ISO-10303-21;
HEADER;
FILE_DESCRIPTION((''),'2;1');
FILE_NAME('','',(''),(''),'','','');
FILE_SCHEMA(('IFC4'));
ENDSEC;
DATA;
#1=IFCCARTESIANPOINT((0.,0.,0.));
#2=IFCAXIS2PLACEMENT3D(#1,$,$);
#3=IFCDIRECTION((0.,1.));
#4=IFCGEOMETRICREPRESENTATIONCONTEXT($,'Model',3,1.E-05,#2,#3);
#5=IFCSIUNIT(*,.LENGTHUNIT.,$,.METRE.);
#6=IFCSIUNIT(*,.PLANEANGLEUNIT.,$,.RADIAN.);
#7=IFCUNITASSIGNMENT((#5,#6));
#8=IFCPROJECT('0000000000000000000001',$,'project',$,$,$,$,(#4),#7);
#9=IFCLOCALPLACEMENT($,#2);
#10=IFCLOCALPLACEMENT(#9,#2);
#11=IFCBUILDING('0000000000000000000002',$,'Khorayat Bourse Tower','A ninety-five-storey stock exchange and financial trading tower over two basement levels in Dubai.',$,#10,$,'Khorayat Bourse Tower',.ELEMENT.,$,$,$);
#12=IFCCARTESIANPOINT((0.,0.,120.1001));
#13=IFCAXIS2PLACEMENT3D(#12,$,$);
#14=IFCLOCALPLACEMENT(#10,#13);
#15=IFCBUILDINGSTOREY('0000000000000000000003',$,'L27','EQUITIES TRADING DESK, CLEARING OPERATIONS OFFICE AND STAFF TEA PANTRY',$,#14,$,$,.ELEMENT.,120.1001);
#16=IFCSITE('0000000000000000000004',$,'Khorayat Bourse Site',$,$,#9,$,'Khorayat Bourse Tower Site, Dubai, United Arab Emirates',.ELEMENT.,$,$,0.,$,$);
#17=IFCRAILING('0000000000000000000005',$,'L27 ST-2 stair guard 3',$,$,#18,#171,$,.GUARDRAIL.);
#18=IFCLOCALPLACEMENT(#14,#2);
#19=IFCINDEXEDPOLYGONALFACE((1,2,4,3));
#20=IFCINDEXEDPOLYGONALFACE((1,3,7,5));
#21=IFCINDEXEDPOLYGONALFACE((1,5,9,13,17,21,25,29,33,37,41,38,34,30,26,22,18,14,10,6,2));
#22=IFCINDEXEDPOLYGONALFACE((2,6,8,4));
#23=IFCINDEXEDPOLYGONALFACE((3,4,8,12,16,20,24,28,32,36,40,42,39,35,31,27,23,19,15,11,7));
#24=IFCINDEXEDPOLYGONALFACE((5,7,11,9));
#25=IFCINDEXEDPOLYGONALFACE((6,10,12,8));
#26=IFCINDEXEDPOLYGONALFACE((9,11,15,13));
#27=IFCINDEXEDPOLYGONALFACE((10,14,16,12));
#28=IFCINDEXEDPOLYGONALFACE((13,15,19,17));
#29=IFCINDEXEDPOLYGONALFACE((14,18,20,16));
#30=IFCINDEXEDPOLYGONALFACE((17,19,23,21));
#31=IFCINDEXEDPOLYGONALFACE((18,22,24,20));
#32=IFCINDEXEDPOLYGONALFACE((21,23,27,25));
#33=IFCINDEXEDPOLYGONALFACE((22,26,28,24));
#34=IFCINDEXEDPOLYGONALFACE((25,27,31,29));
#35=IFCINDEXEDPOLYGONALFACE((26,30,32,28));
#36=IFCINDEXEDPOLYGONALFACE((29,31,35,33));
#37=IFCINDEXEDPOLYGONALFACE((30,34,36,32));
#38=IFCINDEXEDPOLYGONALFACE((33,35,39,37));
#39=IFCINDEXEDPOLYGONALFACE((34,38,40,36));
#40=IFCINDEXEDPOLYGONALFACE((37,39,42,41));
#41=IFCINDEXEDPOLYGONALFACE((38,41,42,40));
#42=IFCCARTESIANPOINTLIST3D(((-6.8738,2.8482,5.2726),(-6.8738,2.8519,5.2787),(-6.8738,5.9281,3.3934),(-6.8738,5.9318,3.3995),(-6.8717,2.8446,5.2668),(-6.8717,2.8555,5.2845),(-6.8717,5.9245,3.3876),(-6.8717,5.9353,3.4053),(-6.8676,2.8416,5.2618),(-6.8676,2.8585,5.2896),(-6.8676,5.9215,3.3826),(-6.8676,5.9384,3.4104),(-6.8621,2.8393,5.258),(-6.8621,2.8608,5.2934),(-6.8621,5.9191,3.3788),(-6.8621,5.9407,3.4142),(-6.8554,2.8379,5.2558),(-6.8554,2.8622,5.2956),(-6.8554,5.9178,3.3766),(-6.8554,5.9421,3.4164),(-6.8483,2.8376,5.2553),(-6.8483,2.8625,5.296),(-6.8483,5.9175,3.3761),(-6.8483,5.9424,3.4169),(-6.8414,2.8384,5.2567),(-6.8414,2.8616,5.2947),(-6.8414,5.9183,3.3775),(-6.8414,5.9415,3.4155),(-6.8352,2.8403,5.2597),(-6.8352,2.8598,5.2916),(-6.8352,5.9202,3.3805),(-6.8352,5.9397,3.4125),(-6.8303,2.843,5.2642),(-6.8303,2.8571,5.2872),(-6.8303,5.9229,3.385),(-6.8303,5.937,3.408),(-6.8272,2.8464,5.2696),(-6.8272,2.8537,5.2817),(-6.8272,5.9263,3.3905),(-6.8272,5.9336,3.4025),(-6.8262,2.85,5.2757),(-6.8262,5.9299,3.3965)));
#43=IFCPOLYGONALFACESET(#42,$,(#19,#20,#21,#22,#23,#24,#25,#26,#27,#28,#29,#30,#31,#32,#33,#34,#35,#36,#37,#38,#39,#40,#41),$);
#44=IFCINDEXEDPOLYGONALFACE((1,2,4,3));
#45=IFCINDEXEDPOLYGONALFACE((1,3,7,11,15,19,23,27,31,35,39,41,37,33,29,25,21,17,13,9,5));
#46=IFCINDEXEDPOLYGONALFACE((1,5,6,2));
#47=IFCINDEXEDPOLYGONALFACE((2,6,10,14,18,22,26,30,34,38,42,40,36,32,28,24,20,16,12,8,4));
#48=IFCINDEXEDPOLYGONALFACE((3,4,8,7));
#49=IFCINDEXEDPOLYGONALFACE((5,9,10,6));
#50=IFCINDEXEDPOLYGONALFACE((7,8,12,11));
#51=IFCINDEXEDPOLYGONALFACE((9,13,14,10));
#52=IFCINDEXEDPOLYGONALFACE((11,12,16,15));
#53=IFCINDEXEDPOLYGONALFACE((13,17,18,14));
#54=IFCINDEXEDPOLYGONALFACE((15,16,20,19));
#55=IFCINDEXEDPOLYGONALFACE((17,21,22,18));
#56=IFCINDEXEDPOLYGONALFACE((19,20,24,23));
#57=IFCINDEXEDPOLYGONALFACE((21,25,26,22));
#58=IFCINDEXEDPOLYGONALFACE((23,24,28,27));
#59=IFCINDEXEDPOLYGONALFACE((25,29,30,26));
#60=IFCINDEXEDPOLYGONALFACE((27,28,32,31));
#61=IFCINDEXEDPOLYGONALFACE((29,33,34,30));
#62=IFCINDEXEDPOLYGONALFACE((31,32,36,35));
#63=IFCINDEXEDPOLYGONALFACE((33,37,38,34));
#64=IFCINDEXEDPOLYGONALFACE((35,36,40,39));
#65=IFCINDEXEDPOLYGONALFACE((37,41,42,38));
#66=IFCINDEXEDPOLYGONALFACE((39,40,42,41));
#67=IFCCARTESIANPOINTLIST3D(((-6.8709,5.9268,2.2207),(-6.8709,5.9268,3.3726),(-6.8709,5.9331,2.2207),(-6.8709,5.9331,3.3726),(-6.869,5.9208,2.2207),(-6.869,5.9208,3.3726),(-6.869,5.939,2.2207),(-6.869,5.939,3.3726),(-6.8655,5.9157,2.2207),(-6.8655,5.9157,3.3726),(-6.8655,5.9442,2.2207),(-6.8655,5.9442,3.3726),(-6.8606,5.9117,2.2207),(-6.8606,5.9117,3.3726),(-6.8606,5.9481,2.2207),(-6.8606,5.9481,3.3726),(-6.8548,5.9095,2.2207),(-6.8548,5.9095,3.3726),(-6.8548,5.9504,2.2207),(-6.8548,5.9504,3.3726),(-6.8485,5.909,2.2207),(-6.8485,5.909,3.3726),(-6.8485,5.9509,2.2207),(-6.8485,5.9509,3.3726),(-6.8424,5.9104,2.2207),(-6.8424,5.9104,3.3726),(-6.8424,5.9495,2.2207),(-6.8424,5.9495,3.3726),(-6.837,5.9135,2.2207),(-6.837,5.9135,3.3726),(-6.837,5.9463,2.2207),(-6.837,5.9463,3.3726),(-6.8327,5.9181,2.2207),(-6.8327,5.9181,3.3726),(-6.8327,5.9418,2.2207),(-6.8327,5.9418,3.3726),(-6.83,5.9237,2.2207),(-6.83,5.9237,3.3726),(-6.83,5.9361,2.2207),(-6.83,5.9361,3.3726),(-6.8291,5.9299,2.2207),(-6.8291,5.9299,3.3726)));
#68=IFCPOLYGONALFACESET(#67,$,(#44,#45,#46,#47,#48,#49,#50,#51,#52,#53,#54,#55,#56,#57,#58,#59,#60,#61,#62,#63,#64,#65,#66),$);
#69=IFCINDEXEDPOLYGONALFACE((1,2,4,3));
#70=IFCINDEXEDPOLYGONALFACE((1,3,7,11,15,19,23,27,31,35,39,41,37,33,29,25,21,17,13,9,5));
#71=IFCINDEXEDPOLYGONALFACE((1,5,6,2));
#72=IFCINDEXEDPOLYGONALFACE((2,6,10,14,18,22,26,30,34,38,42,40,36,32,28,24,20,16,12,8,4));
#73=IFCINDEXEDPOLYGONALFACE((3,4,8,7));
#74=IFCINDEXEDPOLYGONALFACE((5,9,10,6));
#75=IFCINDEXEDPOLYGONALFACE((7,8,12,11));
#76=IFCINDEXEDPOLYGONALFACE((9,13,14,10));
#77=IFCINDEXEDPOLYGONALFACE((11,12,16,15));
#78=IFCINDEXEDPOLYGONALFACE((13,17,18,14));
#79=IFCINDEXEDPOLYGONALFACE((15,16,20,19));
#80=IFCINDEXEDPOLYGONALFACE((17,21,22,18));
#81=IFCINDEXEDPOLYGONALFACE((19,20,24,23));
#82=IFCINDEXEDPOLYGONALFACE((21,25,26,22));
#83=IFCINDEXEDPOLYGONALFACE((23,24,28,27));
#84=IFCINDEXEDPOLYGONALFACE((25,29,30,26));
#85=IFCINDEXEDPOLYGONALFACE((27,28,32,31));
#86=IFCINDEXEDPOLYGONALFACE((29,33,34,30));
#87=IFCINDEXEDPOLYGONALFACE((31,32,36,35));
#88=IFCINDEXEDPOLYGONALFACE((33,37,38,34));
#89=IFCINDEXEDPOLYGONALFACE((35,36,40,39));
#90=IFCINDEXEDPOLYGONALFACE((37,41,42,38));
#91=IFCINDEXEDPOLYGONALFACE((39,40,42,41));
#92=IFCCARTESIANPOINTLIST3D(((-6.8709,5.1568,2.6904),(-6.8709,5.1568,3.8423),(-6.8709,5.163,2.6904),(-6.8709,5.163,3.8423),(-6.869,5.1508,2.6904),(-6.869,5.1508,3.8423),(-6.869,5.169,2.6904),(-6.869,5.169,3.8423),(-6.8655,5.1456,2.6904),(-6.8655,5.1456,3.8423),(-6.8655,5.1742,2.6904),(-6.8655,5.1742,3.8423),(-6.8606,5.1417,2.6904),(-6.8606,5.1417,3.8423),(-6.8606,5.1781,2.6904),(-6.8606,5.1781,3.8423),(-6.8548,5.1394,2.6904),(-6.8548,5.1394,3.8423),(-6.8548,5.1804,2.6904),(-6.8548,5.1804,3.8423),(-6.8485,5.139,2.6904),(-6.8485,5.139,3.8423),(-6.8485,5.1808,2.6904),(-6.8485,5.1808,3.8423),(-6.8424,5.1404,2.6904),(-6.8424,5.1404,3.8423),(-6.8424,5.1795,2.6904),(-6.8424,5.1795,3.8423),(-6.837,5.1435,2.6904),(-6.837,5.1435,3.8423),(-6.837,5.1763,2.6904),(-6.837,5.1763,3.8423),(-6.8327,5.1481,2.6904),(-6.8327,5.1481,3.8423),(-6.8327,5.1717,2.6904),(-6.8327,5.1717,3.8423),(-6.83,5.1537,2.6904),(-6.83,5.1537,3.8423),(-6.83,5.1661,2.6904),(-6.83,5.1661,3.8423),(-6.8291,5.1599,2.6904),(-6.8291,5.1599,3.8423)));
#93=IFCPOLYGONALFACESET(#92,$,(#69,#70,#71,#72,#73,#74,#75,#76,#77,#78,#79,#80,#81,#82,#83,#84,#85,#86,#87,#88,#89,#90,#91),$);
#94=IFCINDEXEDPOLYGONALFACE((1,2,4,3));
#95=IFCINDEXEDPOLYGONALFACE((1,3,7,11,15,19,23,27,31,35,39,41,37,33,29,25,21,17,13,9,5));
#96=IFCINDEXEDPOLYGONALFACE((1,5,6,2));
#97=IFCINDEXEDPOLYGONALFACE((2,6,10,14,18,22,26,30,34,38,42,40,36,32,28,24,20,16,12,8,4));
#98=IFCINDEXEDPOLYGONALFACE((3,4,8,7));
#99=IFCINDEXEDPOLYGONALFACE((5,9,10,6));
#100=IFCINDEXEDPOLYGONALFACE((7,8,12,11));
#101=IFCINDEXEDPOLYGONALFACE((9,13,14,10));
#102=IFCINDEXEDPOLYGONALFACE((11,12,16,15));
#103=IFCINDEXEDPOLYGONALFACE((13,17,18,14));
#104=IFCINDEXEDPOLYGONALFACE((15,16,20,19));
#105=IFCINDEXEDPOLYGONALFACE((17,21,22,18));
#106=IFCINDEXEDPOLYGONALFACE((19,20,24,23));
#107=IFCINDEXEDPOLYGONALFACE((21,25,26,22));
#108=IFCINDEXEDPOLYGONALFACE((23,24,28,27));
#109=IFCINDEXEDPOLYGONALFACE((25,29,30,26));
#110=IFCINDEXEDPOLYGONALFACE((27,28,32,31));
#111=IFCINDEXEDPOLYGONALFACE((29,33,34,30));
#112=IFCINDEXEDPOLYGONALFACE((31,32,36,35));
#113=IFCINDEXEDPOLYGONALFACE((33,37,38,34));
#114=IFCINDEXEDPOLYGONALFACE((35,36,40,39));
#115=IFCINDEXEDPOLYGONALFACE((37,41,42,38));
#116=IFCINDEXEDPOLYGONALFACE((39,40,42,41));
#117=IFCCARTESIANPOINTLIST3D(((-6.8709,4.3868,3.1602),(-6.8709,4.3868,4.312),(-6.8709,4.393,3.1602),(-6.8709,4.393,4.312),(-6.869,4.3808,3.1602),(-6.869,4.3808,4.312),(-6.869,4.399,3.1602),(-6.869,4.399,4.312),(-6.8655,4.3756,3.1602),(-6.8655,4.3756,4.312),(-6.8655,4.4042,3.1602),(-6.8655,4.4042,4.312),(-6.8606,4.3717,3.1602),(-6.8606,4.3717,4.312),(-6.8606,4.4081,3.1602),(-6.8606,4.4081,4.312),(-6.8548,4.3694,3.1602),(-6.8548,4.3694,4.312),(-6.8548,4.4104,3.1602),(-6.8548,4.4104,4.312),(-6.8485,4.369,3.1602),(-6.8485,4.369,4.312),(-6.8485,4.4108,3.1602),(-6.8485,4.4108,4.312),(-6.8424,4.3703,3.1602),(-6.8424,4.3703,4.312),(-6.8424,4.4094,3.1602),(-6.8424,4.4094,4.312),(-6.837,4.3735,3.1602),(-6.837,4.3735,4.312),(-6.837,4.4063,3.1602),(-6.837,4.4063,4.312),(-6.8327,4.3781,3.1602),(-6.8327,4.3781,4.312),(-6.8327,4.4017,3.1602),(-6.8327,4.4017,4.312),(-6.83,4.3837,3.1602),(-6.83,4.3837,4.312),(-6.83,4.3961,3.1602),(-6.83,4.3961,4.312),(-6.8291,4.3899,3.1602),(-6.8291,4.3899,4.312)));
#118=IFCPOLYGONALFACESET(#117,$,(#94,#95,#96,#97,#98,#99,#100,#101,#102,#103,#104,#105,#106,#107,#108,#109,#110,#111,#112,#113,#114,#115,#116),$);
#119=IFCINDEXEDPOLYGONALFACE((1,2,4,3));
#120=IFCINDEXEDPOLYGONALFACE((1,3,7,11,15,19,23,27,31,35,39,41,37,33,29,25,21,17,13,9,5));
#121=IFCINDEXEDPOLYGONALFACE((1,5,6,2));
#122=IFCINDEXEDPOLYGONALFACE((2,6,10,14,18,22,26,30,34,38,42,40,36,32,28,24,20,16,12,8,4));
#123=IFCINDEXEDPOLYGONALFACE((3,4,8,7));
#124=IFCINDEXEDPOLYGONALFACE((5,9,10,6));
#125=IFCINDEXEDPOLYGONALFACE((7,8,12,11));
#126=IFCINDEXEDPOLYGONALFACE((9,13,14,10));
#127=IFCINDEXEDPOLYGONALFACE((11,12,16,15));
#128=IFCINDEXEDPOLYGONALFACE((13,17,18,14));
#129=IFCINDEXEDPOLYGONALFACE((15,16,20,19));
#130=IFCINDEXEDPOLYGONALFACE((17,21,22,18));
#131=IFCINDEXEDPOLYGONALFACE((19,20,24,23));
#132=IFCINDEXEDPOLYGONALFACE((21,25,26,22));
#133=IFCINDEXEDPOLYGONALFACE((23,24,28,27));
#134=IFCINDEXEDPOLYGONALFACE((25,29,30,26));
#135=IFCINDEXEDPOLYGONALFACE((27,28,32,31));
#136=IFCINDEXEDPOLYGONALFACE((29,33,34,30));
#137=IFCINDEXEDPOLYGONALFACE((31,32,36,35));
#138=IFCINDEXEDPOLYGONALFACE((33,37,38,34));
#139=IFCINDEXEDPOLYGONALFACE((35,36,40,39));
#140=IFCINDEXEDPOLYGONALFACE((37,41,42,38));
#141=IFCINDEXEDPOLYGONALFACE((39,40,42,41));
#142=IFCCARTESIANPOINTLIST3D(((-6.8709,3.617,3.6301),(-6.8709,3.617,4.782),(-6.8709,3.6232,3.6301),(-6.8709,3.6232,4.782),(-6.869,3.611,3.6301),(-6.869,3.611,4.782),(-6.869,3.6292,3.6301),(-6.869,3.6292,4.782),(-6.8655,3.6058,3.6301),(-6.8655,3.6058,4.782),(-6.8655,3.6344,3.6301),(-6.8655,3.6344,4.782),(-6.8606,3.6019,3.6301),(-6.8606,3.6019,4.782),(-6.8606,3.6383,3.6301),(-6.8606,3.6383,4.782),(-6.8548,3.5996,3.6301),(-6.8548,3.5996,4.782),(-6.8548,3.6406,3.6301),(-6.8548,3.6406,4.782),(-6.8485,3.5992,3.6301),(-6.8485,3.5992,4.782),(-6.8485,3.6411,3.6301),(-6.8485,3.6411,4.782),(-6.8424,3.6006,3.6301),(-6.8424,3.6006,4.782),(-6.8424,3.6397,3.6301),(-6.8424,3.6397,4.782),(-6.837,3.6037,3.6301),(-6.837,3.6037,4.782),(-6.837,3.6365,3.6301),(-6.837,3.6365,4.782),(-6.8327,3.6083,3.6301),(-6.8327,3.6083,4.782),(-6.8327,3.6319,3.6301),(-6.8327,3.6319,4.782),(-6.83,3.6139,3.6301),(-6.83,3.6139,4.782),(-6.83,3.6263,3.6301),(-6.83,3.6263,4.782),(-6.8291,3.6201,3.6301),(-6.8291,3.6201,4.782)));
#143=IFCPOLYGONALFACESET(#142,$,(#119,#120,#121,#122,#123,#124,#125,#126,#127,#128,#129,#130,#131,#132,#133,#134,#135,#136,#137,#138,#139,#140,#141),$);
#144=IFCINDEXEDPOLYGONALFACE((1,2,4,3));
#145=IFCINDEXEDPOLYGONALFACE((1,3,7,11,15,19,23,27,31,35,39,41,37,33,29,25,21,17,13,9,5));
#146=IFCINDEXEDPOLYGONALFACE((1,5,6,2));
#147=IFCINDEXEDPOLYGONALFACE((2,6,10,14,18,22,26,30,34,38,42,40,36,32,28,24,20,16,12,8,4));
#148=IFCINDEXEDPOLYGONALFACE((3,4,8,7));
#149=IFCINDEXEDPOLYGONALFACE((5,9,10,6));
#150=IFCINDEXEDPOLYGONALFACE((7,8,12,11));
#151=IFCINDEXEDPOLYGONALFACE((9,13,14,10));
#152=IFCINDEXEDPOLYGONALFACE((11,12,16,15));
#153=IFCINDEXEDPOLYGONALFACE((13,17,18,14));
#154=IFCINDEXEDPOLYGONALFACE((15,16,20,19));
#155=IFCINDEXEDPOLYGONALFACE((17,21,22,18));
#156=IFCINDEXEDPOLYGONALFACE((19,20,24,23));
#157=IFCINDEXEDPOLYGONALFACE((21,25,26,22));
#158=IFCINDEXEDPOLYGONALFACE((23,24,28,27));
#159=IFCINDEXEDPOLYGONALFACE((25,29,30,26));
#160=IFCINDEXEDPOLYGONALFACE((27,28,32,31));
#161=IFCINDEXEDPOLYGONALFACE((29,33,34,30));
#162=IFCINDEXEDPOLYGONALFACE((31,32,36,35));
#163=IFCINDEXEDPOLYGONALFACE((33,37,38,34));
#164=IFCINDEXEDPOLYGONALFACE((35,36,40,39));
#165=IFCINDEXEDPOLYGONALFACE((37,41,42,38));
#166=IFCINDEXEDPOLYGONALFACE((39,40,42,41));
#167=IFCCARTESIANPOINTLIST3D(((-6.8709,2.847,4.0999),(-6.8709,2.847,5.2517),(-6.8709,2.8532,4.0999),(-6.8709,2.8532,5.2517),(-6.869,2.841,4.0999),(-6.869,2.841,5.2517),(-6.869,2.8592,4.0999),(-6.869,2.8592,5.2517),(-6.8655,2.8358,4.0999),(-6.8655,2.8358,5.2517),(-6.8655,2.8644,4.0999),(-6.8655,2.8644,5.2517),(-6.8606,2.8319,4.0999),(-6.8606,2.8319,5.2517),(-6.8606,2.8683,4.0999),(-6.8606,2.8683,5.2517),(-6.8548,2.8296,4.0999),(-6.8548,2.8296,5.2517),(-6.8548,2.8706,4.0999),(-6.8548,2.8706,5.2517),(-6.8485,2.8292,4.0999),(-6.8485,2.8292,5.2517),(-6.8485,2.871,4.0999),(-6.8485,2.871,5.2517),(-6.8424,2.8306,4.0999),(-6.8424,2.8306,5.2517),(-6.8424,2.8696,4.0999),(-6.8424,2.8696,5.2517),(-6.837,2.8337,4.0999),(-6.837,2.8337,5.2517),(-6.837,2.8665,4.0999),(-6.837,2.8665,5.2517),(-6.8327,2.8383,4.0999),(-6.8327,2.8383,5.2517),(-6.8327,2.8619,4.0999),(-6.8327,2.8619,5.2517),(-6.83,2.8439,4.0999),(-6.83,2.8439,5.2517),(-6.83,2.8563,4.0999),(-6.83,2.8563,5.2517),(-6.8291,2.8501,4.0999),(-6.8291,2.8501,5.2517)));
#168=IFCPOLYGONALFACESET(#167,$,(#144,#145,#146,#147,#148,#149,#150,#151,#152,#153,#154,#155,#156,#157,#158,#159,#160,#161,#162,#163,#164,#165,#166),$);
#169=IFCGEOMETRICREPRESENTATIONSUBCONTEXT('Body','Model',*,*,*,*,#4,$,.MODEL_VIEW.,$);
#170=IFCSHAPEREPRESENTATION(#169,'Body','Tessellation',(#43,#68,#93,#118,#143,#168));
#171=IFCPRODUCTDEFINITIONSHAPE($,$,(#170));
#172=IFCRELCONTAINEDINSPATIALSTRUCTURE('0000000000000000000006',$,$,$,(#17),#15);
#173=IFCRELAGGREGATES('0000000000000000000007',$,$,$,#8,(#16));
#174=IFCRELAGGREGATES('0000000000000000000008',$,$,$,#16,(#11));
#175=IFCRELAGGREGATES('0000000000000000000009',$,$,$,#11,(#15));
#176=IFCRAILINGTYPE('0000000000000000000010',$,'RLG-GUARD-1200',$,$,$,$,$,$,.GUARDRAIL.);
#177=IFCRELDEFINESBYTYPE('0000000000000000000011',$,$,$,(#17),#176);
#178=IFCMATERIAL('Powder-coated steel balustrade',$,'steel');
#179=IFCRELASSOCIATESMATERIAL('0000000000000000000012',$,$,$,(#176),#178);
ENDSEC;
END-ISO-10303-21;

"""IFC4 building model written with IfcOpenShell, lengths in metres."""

from ifc_helpers import new_model, si_unit, direction, frame, origin, origin_2d, place, context, subcontext, project, spatial, circle, extrude, source, transform, mapped, material, type_object, element, save


model = new_model("IFC4")

# Units and contexts
model_context = context("Model", 3, precision=1e-05, world=origin(), true_north=direction((0.0, 1.0)))
body_context = subcontext(model_context, "Body", "Model", "MODEL_VIEW")
ifc_project = project(units=[si_unit("LENGTHUNIT", "METRE"), si_unit("PLANEANGLEUNIT", "RADIAN")], contexts=[model_context])

# Site, building, storey
site_placement = place(None, origin())
site = spatial("IfcSite", under=ifc_project, at=site_placement, Name="Khorayat Bourse Site", LongName="Khorayat Bourse Tower Site, Dubai, United Arab Emirates", CompositionType="ELEMENT", RefElevation=0.0)
building_placement = place(site_placement, origin())
building = spatial("IfcBuilding", under=site, at=building_placement, Name="Khorayat Bourse Tower", Description="A ninety-five-storey stock exchange and financial trading tower over two basement levels in Dubai.", LongName="Khorayat Bourse Tower", CompositionType="ELEMENT")
storey_placement = place(building_placement, frame((0.0, 0.0, 120.1001)))
storey = spatial("IfcBuildingStorey", under=building, at=storey_placement, Name="L27", Description="EQUITIES TRADING DESK, CLEARING OPERATIONS OFFICE AND STAFF TEA PANTRY", CompositionType="ELEMENT", Elevation=120.1001)

# Railing
ifc_material_1 = material(Name="Powder-coated steel balustrade", Category="steel")
railing_type_1 = type_object("IfcRailingType", Name="RLG-GUARD-1200", PredefinedType="GUARDRAIL", material=ifc_material_1)
shared_shape_1 = source(origin(), body_context, "Body", "SweptSolid", [
    extrude(circle(Radius=0.0239, at=origin_2d()), frame((0.0, 0.0, 1.1758), z_axis=(0.0, -0.853648, 0.52085), x_axis=(1.0, 0.0, 0.0)), (0.0, 0.0, 1.0), 3.6079),
    extrude(circle(Radius=0.021, at=origin_2d()), origin(), (0.0, 0.0, 1.0), 1.1519),
    extrude(circle(Radius=0.021, at=origin_2d()), frame((0.0, -0.77, 0.4697)), (0.0, 0.0, 1.0), 1.1519),
    extrude(circle(Radius=0.021, at=origin_2d()), frame((0.0, -1.54, 0.9395)), (0.0, 0.0, 1.0), 1.1519),
    extrude(circle(Radius=0.021, at=origin_2d()), frame((0.0, -2.3098, 1.4094)), (0.0, 0.0, 1.0), 1.1519),
    extrude(circle(Radius=0.021, at=origin_2d()), frame((0.0, -3.0798, 1.8792)), (0.0, 0.0, 1.0), 1.1519),
])
railing_1_placement = place(storey_placement, frame((-6.8501, 5.9299, 2.2207)))
element("IfcRailing", 1, at=railing_1_placement, inside=storey, type_object=railing_type_1, Name="L27 ST-2 stair guard 3", PredefinedType="GUARDRAIL", context=body_context, shape_type="MappedRepresentation", body=[
    mapped(shared_shape_1, transform((0.0, 0.0, 0.0), scale=1.0)),
])

save(model, "model.ifc")
